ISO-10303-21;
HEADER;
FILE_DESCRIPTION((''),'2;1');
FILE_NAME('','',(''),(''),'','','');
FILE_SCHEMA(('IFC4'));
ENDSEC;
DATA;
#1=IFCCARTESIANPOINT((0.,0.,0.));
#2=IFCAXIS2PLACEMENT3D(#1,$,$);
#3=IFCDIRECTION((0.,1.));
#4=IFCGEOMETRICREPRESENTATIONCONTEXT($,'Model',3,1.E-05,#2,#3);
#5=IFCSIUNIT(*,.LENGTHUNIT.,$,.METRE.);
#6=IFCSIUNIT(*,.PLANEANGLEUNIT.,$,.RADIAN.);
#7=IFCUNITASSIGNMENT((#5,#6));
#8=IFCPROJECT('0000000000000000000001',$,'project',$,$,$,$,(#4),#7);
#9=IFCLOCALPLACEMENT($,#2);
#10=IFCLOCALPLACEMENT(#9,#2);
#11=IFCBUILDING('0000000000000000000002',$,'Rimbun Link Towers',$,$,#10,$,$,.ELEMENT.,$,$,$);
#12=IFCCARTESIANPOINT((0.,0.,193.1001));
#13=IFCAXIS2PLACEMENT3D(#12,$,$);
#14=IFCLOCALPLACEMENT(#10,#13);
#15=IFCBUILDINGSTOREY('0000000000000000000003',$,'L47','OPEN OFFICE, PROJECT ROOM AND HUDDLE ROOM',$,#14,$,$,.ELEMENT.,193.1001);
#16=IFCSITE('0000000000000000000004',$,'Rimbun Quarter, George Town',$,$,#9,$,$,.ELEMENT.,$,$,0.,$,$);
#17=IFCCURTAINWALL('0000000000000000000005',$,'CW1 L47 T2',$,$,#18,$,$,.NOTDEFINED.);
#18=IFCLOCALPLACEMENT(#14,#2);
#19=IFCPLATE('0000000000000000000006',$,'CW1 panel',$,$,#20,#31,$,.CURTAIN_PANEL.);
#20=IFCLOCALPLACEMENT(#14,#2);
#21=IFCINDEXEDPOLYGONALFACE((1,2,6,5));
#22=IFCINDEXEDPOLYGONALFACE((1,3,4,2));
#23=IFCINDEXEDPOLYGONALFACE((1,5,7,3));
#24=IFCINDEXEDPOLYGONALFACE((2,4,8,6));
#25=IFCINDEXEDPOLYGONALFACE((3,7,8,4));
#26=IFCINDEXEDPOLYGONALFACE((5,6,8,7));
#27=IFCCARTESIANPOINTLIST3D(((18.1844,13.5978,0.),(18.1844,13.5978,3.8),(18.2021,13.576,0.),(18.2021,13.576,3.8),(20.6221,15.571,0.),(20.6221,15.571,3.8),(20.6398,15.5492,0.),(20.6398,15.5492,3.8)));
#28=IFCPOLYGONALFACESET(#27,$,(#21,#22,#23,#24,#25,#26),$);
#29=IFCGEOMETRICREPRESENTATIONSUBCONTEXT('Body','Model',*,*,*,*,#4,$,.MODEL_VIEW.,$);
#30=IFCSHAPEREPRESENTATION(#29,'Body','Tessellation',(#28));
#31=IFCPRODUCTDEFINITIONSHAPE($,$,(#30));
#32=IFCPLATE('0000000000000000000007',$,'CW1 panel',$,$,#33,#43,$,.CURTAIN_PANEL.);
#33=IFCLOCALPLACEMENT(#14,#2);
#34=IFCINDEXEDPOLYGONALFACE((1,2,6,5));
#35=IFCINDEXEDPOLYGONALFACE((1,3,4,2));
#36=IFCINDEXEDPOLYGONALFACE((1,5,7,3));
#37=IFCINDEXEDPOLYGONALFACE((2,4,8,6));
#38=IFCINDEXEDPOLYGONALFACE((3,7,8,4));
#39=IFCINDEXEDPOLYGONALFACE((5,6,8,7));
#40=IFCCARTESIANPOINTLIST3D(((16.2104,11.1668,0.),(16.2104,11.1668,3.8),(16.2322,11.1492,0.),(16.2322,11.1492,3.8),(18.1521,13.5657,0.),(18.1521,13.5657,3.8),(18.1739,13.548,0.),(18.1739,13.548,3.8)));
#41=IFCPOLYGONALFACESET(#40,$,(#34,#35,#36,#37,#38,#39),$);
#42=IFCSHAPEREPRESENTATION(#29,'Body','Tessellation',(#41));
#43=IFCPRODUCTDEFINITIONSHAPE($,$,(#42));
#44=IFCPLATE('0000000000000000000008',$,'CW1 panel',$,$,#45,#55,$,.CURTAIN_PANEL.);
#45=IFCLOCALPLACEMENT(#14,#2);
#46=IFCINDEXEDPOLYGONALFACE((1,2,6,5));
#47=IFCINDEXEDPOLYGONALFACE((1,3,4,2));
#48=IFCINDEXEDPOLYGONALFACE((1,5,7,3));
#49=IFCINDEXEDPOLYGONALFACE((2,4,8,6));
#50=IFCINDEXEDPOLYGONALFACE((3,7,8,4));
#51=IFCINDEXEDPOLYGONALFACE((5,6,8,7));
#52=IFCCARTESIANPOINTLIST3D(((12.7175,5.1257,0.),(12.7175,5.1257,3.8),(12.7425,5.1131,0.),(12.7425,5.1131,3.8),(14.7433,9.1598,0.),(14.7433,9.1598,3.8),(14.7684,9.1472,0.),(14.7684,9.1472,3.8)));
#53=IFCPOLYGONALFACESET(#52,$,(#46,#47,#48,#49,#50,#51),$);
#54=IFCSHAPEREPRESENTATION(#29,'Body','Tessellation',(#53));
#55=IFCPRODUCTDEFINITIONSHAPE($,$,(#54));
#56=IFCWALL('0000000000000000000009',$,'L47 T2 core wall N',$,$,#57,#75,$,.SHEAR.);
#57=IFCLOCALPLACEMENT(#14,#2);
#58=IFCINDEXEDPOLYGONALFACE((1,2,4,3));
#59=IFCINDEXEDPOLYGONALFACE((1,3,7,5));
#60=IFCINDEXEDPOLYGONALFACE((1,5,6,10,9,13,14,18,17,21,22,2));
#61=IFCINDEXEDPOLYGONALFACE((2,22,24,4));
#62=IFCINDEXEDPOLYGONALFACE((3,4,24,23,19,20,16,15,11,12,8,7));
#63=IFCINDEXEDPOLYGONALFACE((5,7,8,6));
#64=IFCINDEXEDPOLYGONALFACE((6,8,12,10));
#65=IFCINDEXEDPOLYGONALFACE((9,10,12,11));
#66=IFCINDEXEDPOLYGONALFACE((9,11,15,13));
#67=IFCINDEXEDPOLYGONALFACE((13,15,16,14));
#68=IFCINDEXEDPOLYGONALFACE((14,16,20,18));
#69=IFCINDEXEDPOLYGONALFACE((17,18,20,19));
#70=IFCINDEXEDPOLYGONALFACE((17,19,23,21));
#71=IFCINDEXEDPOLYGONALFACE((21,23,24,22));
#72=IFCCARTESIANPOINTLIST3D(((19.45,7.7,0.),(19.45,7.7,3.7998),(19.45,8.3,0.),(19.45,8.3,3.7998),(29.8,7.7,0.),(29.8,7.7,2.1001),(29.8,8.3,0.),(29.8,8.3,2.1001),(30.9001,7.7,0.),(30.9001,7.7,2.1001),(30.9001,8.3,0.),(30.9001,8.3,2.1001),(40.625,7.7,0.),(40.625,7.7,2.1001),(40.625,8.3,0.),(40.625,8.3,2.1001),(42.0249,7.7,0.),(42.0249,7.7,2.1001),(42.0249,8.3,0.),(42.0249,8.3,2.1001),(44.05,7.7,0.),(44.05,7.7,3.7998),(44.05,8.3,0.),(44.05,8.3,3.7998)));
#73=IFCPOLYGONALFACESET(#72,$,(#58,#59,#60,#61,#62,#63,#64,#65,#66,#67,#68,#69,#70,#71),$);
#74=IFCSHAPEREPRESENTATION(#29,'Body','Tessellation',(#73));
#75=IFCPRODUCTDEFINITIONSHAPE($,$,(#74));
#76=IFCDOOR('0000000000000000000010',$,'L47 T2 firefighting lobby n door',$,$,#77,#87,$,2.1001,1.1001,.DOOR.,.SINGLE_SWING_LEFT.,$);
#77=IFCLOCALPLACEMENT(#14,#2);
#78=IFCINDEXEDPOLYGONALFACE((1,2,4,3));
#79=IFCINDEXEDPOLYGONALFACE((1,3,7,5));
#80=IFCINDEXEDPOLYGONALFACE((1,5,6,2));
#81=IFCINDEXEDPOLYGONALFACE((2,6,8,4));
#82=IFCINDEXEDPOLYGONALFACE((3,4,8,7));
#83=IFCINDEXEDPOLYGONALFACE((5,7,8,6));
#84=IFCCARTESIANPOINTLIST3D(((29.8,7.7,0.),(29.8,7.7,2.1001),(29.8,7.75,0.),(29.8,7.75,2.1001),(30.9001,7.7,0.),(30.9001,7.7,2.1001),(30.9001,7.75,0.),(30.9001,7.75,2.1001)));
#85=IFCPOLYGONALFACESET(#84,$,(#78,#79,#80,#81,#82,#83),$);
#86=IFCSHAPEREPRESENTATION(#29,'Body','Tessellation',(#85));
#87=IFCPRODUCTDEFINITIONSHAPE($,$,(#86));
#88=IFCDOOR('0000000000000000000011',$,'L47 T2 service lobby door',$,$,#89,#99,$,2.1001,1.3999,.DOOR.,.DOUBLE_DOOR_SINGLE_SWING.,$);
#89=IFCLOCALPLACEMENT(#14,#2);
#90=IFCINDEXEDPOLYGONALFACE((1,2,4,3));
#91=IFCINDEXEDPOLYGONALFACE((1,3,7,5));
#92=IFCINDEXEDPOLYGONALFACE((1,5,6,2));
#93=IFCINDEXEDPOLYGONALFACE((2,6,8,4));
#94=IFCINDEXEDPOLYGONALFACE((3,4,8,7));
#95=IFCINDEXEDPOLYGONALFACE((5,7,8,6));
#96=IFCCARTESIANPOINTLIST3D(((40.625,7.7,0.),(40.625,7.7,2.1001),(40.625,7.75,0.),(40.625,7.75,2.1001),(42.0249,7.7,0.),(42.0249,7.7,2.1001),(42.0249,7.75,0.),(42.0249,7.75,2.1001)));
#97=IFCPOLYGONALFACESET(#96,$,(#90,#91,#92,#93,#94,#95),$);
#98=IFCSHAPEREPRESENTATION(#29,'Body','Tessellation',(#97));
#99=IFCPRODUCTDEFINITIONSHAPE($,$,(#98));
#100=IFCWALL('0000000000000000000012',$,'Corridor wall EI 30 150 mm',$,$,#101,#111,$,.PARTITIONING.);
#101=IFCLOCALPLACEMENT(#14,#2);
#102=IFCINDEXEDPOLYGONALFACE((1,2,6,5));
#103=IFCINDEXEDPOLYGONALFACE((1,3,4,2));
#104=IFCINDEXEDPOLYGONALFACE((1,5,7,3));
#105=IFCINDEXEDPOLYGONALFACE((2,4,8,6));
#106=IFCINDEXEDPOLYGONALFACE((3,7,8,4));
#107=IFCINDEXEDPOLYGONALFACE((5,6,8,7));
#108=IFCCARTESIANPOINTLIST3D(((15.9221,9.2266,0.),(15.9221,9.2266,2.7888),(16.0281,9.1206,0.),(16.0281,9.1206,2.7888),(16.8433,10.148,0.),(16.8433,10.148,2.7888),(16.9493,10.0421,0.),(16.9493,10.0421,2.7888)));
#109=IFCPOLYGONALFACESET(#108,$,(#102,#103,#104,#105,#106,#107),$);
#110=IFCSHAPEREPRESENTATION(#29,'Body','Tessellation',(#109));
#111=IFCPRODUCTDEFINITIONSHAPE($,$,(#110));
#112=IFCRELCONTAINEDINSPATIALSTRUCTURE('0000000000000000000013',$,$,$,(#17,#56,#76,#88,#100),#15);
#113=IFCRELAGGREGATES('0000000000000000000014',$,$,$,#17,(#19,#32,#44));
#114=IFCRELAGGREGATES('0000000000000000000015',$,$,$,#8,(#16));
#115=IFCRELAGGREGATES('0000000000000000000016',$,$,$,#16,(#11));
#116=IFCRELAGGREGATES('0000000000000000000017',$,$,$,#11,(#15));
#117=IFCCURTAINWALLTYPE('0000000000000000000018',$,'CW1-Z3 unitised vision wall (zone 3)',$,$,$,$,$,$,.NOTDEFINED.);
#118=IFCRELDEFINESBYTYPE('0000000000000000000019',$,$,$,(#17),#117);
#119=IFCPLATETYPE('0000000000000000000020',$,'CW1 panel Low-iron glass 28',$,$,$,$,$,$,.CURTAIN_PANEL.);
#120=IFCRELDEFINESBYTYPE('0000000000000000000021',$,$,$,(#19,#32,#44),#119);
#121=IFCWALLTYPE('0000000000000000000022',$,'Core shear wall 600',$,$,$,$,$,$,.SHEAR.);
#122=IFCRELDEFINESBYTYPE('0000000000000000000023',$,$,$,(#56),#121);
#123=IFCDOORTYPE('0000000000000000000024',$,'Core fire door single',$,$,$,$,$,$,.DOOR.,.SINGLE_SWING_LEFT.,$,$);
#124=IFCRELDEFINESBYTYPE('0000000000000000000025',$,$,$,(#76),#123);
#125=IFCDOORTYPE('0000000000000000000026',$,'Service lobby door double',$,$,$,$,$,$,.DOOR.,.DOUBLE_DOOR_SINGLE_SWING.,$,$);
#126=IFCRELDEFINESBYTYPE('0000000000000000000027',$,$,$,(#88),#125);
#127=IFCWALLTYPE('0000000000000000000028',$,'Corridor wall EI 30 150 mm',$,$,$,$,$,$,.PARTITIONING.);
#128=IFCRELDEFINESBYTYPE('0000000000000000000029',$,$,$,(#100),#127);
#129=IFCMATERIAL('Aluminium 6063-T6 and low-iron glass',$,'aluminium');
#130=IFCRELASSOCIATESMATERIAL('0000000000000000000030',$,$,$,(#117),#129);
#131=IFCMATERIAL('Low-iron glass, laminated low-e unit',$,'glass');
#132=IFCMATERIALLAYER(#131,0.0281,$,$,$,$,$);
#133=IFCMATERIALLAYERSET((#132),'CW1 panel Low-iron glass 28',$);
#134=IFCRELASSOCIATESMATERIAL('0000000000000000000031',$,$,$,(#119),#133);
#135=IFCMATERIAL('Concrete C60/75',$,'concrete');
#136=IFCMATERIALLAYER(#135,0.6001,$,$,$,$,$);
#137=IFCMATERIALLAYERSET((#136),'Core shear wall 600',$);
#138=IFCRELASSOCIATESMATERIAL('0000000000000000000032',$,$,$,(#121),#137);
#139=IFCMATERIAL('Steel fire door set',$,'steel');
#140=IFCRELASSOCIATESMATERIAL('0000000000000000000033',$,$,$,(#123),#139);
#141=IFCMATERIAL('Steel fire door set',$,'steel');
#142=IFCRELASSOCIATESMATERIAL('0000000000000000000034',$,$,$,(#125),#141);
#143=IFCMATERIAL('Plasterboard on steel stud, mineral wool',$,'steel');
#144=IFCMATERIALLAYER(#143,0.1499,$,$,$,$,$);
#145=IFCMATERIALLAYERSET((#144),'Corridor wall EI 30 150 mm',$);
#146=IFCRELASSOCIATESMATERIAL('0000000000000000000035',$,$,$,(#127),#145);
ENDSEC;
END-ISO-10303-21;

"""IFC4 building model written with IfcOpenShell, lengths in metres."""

from ifc_helpers import new_model, si_unit, direction, frame, frame_2d, origin, origin_2d, place, context, subcontext, project, spatial, rectangle, extrude, material, layer, layer_set, type_object, element, fill, aggregate, save


model = new_model("IFC4")

# Units and contexts
model_context = context("Model", 3, precision=1e-05, world=origin(), true_north=direction((0.0, 1.0)))
body_context = subcontext(model_context, "Body", "Model", "MODEL_VIEW")
ifc_project = project(units=[si_unit("LENGTHUNIT", "METRE"), si_unit("PLANEANGLEUNIT", "RADIAN")], contexts=[model_context])

# Site, building, storey
site_placement = place(None, origin())
site = spatial("IfcSite", under=ifc_project, at=site_placement, Name="Rimbun Quarter, George Town", CompositionType="ELEMENT", RefElevation=0.0)
building_placement = place(site_placement, origin())
building = spatial("IfcBuilding", under=site, at=building_placement, Name="Rimbun Link Towers", CompositionType="ELEMENT")
storey_placement = place(building_placement, frame((0.0, 0.0, 193.1001)))
storey = spatial("IfcBuildingStorey", under=building, at=storey_placement, Name="L47", Description="OPEN OFFICE, PROJECT ROOM AND HUDDLE ROOM", CompositionType="ELEMENT", Elevation=193.1001)

# Curtain wall
ifc_material_1 = material(Name="Aluminium 6063-T6 and low-iron glass", Category="aluminium")
curtain_wall_type = type_object("IfcCurtainWallType", Name="CW1-Z3 unitised vision wall (zone 3)", PredefinedType="NOTDEFINED", material=ifc_material_1)
curtain_wall_placement = place(storey_placement, origin())
curtain_wall = element("IfcCurtainWall", 1, at=curtain_wall_placement, inside=storey, type_object=curtain_wall_type, Name="CW1 L47 T2", PredefinedType="NOTDEFINED")

# Plates
ifc_material_2 = material(Name="Low-iron glass, laminated low-e unit", Category="glass")
ifc_layer_1 = layer(ifc_material_2, 0.0281)
ifc_layer_set_1 = layer_set([ifc_layer_1], Name="CW1 panel Low-iron glass 28")
plate_type = type_object("IfcPlateType", Name="CW1 panel Low-iron glass 28", PredefinedType="CURTAIN_PANEL", material=ifc_layer_set_1)
plate_1_placement = place(storey_placement, frame((19.4121, 14.5735, 0.0), z_axis=(0.0, 0.0, 1.0), x_axis=(0.777279, 0.629156, 0.0)))
plate_1 = element("IfcPlate", 2, at=plate_1_placement, type_object=plate_type, Name="CW1 panel", PredefinedType="CURTAIN_PANEL", context=body_context, shape_type="SweptSolid", body=[
    extrude(rectangle(XDim=3.1362, YDim=0.0281, at=origin_2d()), origin(), (0.0, 0.0, 1.0), 3.8),
])
plate_2_placement = place(storey_placement, frame((17.1921, 12.3574, 0.0), z_axis=(0.0, 0.0, 1.0), x_axis=(0.629156, 0.777279, 0.0)))
plate_2 = element("IfcPlate", 3, at=plate_2_placement, type_object=plate_type, Name="CW1 panel", PredefinedType="CURTAIN_PANEL", context=body_context, shape_type="SweptSolid", body=[
    extrude(rectangle(XDim=3.0862, YDim=0.0281, at=origin_2d()), origin(), (0.0, 0.0, 1.0), 3.8),
])
plate_3_placement = place(storey_placement, frame((13.7429, 7.1365, 0.0), z_axis=(0.0, 0.0, 1.0), x_axis=(0.448772, 0.893646, 0.0)))
plate_3 = element("IfcPlate", 4, at=plate_3_placement, type_object=plate_type, Name="CW1 panel", PredefinedType="CURTAIN_PANEL", context=body_context, shape_type="SweptSolid", body=[
    extrude(rectangle(XDim=4.5142, YDim=0.0281, at=origin_2d()), origin(), (0.0, 0.0, 1.0), 3.8),
])
aggregate(curtain_wall, [plate_1, plate_2, plate_3])

# Wall, openings, doors
ifc_material_3 = material(Name="Concrete C60/75", Category="concrete")
ifc_layer_2 = layer(ifc_material_3, 0.6001)
ifc_layer_set_2 = layer_set([ifc_layer_2], Name="Core shear wall 600")
wall_type_1 = type_object("IfcWallType", Name="Core shear wall 600", PredefinedType="SHEAR", material=ifc_layer_set_2)
wall_1_placement = place(storey_placement, frame((19.45, 8.0, 0.0), z_axis=(0.0, 0.0, 1.0), x_axis=(1.0, 0.0, 0.0)))
wall_1 = element("IfcWall", 5, at=wall_1_placement, inside=storey, type_object=wall_type_1, Name="L47 T2 core wall N", PredefinedType="SHEAR", context=body_context, shape_type="SweptSolid", body=[
    extrude(rectangle(XDim=24.6001, YDim=0.6001, at=frame_2d((12.3, 0.0))), origin(), (0.0, 0.0, 1.0), 3.7998),
])
opening_1_placement = place(wall_1_placement, frame((10.3501, 0.0, 0.0)))
opening_1 = element("IfcOpeningElement", 6, at=opening_1_placement, cuts=wall_1, PredefinedType="OPENING", context=body_context, shape_type="SweptSolid", body=[
    extrude(rectangle(XDim=1.1001, YDim=2.1001, at=frame_2d((0.55, 1.05))), frame((0.0, 0.3101, 0.0), z_axis=(0.0, -1.0, 0.0), x_axis=(1.0, 0.0, 0.0)), (0.0, 0.0, 1.0), 0.6201),
])
opening_2_placement = place(wall_1_placement, frame((21.175, 0.0, 0.0)))
opening_2 = element("IfcOpeningElement", 7, at=opening_2_placement, cuts=wall_1, PredefinedType="OPENING", context=body_context, shape_type="SweptSolid", body=[
    extrude(rectangle(XDim=1.3999, YDim=2.1001, at=frame_2d((0.7, 1.05))), frame((0.0, 0.3101, 0.0), z_axis=(0.0, -1.0, 0.0), x_axis=(1.0, 0.0, 0.0)), (0.0, 0.0, 1.0), 0.6201),
])
ifc_material_4 = material(Name="Steel fire door set", Category="steel")
door_type_1 = type_object("IfcDoorType", Name="Core fire door single", OperationType="SINGLE_SWING_LEFT", PredefinedType="DOOR", material=ifc_material_4)
door_1_placement = place(opening_1_placement, origin())
door_1 = element("IfcDoor", 8, at=door_1_placement, inside=storey, type_object=door_type_1, Name="L47 T2 firefighting lobby n door", OperationType="SINGLE_SWING_LEFT", OverallHeight=2.1001, OverallWidth=1.1001, PredefinedType="DOOR", context=body_context, shape_type="SweptSolid", body=[
    extrude(rectangle(XDim=1.1001, YDim=2.1001, at=frame_2d((0.55, 1.05))), frame((0.0, -0.25, 0.0), z_axis=(0.0, -1.0, 0.0), x_axis=(1.0, 0.0, 0.0)), (0.0, 0.0, 1.0), 0.05),
])
fill(opening_1, door_1)
ifc_material_5 = material(Name="Steel fire door set", Category="steel")
door_type_2 = type_object("IfcDoorType", Name="Service lobby door double", OperationType="DOUBLE_DOOR_SINGLE_SWING", PredefinedType="DOOR", material=ifc_material_5)
door_2_placement = place(opening_2_placement, origin())
door_2 = element("IfcDoor", 9, at=door_2_placement, inside=storey, type_object=door_type_2, Name="L47 T2 service lobby door", OperationType="DOUBLE_DOOR_SINGLE_SWING", OverallHeight=2.1001, OverallWidth=1.3999, PredefinedType="DOOR", context=body_context, shape_type="SweptSolid", body=[
    extrude(rectangle(XDim=1.3999, YDim=2.1001, at=frame_2d((0.7, 1.05))), frame((0.0, -0.25, 0.0), z_axis=(0.0, -1.0, 0.0), x_axis=(1.0, 0.0, 0.0)), (0.0, 0.0, 1.0), 0.05),
])
fill(opening_2, door_2)

# Wall
ifc_material_6 = material(Name="Plasterboard on steel stud, mineral wool", Category="steel")
ifc_layer_3 = layer(ifc_material_6, 0.1499)
ifc_layer_set_3 = layer_set([ifc_layer_3], Name="Corridor wall EI 30 150 mm")
wall_type_2 = type_object("IfcWallType", Name="Corridor wall EI 30 150 mm", PredefinedType="PARTITIONING", material=ifc_layer_set_3)
wall_2_placement = place(storey_placement, frame((16.8962, 10.095, 0.0), z_axis=(0.0, 0.0, 1.0), x_axis=(-0.707013, -0.7072, 0.0)))
element("IfcWall", 10, at=wall_2_placement, inside=storey, type_object=wall_type_2, Name="Corridor wall EI 30 150 mm", PredefinedType="PARTITIONING", context=body_context, shape_type="SweptSolid", body=[
    extrude(rectangle(XDim=1.303, YDim=0.1499, at=frame_2d((0.6514, 0.0))), origin(), (0.0, 0.0, 1.0), 2.7888),
])

save(model, "model.ifc")
